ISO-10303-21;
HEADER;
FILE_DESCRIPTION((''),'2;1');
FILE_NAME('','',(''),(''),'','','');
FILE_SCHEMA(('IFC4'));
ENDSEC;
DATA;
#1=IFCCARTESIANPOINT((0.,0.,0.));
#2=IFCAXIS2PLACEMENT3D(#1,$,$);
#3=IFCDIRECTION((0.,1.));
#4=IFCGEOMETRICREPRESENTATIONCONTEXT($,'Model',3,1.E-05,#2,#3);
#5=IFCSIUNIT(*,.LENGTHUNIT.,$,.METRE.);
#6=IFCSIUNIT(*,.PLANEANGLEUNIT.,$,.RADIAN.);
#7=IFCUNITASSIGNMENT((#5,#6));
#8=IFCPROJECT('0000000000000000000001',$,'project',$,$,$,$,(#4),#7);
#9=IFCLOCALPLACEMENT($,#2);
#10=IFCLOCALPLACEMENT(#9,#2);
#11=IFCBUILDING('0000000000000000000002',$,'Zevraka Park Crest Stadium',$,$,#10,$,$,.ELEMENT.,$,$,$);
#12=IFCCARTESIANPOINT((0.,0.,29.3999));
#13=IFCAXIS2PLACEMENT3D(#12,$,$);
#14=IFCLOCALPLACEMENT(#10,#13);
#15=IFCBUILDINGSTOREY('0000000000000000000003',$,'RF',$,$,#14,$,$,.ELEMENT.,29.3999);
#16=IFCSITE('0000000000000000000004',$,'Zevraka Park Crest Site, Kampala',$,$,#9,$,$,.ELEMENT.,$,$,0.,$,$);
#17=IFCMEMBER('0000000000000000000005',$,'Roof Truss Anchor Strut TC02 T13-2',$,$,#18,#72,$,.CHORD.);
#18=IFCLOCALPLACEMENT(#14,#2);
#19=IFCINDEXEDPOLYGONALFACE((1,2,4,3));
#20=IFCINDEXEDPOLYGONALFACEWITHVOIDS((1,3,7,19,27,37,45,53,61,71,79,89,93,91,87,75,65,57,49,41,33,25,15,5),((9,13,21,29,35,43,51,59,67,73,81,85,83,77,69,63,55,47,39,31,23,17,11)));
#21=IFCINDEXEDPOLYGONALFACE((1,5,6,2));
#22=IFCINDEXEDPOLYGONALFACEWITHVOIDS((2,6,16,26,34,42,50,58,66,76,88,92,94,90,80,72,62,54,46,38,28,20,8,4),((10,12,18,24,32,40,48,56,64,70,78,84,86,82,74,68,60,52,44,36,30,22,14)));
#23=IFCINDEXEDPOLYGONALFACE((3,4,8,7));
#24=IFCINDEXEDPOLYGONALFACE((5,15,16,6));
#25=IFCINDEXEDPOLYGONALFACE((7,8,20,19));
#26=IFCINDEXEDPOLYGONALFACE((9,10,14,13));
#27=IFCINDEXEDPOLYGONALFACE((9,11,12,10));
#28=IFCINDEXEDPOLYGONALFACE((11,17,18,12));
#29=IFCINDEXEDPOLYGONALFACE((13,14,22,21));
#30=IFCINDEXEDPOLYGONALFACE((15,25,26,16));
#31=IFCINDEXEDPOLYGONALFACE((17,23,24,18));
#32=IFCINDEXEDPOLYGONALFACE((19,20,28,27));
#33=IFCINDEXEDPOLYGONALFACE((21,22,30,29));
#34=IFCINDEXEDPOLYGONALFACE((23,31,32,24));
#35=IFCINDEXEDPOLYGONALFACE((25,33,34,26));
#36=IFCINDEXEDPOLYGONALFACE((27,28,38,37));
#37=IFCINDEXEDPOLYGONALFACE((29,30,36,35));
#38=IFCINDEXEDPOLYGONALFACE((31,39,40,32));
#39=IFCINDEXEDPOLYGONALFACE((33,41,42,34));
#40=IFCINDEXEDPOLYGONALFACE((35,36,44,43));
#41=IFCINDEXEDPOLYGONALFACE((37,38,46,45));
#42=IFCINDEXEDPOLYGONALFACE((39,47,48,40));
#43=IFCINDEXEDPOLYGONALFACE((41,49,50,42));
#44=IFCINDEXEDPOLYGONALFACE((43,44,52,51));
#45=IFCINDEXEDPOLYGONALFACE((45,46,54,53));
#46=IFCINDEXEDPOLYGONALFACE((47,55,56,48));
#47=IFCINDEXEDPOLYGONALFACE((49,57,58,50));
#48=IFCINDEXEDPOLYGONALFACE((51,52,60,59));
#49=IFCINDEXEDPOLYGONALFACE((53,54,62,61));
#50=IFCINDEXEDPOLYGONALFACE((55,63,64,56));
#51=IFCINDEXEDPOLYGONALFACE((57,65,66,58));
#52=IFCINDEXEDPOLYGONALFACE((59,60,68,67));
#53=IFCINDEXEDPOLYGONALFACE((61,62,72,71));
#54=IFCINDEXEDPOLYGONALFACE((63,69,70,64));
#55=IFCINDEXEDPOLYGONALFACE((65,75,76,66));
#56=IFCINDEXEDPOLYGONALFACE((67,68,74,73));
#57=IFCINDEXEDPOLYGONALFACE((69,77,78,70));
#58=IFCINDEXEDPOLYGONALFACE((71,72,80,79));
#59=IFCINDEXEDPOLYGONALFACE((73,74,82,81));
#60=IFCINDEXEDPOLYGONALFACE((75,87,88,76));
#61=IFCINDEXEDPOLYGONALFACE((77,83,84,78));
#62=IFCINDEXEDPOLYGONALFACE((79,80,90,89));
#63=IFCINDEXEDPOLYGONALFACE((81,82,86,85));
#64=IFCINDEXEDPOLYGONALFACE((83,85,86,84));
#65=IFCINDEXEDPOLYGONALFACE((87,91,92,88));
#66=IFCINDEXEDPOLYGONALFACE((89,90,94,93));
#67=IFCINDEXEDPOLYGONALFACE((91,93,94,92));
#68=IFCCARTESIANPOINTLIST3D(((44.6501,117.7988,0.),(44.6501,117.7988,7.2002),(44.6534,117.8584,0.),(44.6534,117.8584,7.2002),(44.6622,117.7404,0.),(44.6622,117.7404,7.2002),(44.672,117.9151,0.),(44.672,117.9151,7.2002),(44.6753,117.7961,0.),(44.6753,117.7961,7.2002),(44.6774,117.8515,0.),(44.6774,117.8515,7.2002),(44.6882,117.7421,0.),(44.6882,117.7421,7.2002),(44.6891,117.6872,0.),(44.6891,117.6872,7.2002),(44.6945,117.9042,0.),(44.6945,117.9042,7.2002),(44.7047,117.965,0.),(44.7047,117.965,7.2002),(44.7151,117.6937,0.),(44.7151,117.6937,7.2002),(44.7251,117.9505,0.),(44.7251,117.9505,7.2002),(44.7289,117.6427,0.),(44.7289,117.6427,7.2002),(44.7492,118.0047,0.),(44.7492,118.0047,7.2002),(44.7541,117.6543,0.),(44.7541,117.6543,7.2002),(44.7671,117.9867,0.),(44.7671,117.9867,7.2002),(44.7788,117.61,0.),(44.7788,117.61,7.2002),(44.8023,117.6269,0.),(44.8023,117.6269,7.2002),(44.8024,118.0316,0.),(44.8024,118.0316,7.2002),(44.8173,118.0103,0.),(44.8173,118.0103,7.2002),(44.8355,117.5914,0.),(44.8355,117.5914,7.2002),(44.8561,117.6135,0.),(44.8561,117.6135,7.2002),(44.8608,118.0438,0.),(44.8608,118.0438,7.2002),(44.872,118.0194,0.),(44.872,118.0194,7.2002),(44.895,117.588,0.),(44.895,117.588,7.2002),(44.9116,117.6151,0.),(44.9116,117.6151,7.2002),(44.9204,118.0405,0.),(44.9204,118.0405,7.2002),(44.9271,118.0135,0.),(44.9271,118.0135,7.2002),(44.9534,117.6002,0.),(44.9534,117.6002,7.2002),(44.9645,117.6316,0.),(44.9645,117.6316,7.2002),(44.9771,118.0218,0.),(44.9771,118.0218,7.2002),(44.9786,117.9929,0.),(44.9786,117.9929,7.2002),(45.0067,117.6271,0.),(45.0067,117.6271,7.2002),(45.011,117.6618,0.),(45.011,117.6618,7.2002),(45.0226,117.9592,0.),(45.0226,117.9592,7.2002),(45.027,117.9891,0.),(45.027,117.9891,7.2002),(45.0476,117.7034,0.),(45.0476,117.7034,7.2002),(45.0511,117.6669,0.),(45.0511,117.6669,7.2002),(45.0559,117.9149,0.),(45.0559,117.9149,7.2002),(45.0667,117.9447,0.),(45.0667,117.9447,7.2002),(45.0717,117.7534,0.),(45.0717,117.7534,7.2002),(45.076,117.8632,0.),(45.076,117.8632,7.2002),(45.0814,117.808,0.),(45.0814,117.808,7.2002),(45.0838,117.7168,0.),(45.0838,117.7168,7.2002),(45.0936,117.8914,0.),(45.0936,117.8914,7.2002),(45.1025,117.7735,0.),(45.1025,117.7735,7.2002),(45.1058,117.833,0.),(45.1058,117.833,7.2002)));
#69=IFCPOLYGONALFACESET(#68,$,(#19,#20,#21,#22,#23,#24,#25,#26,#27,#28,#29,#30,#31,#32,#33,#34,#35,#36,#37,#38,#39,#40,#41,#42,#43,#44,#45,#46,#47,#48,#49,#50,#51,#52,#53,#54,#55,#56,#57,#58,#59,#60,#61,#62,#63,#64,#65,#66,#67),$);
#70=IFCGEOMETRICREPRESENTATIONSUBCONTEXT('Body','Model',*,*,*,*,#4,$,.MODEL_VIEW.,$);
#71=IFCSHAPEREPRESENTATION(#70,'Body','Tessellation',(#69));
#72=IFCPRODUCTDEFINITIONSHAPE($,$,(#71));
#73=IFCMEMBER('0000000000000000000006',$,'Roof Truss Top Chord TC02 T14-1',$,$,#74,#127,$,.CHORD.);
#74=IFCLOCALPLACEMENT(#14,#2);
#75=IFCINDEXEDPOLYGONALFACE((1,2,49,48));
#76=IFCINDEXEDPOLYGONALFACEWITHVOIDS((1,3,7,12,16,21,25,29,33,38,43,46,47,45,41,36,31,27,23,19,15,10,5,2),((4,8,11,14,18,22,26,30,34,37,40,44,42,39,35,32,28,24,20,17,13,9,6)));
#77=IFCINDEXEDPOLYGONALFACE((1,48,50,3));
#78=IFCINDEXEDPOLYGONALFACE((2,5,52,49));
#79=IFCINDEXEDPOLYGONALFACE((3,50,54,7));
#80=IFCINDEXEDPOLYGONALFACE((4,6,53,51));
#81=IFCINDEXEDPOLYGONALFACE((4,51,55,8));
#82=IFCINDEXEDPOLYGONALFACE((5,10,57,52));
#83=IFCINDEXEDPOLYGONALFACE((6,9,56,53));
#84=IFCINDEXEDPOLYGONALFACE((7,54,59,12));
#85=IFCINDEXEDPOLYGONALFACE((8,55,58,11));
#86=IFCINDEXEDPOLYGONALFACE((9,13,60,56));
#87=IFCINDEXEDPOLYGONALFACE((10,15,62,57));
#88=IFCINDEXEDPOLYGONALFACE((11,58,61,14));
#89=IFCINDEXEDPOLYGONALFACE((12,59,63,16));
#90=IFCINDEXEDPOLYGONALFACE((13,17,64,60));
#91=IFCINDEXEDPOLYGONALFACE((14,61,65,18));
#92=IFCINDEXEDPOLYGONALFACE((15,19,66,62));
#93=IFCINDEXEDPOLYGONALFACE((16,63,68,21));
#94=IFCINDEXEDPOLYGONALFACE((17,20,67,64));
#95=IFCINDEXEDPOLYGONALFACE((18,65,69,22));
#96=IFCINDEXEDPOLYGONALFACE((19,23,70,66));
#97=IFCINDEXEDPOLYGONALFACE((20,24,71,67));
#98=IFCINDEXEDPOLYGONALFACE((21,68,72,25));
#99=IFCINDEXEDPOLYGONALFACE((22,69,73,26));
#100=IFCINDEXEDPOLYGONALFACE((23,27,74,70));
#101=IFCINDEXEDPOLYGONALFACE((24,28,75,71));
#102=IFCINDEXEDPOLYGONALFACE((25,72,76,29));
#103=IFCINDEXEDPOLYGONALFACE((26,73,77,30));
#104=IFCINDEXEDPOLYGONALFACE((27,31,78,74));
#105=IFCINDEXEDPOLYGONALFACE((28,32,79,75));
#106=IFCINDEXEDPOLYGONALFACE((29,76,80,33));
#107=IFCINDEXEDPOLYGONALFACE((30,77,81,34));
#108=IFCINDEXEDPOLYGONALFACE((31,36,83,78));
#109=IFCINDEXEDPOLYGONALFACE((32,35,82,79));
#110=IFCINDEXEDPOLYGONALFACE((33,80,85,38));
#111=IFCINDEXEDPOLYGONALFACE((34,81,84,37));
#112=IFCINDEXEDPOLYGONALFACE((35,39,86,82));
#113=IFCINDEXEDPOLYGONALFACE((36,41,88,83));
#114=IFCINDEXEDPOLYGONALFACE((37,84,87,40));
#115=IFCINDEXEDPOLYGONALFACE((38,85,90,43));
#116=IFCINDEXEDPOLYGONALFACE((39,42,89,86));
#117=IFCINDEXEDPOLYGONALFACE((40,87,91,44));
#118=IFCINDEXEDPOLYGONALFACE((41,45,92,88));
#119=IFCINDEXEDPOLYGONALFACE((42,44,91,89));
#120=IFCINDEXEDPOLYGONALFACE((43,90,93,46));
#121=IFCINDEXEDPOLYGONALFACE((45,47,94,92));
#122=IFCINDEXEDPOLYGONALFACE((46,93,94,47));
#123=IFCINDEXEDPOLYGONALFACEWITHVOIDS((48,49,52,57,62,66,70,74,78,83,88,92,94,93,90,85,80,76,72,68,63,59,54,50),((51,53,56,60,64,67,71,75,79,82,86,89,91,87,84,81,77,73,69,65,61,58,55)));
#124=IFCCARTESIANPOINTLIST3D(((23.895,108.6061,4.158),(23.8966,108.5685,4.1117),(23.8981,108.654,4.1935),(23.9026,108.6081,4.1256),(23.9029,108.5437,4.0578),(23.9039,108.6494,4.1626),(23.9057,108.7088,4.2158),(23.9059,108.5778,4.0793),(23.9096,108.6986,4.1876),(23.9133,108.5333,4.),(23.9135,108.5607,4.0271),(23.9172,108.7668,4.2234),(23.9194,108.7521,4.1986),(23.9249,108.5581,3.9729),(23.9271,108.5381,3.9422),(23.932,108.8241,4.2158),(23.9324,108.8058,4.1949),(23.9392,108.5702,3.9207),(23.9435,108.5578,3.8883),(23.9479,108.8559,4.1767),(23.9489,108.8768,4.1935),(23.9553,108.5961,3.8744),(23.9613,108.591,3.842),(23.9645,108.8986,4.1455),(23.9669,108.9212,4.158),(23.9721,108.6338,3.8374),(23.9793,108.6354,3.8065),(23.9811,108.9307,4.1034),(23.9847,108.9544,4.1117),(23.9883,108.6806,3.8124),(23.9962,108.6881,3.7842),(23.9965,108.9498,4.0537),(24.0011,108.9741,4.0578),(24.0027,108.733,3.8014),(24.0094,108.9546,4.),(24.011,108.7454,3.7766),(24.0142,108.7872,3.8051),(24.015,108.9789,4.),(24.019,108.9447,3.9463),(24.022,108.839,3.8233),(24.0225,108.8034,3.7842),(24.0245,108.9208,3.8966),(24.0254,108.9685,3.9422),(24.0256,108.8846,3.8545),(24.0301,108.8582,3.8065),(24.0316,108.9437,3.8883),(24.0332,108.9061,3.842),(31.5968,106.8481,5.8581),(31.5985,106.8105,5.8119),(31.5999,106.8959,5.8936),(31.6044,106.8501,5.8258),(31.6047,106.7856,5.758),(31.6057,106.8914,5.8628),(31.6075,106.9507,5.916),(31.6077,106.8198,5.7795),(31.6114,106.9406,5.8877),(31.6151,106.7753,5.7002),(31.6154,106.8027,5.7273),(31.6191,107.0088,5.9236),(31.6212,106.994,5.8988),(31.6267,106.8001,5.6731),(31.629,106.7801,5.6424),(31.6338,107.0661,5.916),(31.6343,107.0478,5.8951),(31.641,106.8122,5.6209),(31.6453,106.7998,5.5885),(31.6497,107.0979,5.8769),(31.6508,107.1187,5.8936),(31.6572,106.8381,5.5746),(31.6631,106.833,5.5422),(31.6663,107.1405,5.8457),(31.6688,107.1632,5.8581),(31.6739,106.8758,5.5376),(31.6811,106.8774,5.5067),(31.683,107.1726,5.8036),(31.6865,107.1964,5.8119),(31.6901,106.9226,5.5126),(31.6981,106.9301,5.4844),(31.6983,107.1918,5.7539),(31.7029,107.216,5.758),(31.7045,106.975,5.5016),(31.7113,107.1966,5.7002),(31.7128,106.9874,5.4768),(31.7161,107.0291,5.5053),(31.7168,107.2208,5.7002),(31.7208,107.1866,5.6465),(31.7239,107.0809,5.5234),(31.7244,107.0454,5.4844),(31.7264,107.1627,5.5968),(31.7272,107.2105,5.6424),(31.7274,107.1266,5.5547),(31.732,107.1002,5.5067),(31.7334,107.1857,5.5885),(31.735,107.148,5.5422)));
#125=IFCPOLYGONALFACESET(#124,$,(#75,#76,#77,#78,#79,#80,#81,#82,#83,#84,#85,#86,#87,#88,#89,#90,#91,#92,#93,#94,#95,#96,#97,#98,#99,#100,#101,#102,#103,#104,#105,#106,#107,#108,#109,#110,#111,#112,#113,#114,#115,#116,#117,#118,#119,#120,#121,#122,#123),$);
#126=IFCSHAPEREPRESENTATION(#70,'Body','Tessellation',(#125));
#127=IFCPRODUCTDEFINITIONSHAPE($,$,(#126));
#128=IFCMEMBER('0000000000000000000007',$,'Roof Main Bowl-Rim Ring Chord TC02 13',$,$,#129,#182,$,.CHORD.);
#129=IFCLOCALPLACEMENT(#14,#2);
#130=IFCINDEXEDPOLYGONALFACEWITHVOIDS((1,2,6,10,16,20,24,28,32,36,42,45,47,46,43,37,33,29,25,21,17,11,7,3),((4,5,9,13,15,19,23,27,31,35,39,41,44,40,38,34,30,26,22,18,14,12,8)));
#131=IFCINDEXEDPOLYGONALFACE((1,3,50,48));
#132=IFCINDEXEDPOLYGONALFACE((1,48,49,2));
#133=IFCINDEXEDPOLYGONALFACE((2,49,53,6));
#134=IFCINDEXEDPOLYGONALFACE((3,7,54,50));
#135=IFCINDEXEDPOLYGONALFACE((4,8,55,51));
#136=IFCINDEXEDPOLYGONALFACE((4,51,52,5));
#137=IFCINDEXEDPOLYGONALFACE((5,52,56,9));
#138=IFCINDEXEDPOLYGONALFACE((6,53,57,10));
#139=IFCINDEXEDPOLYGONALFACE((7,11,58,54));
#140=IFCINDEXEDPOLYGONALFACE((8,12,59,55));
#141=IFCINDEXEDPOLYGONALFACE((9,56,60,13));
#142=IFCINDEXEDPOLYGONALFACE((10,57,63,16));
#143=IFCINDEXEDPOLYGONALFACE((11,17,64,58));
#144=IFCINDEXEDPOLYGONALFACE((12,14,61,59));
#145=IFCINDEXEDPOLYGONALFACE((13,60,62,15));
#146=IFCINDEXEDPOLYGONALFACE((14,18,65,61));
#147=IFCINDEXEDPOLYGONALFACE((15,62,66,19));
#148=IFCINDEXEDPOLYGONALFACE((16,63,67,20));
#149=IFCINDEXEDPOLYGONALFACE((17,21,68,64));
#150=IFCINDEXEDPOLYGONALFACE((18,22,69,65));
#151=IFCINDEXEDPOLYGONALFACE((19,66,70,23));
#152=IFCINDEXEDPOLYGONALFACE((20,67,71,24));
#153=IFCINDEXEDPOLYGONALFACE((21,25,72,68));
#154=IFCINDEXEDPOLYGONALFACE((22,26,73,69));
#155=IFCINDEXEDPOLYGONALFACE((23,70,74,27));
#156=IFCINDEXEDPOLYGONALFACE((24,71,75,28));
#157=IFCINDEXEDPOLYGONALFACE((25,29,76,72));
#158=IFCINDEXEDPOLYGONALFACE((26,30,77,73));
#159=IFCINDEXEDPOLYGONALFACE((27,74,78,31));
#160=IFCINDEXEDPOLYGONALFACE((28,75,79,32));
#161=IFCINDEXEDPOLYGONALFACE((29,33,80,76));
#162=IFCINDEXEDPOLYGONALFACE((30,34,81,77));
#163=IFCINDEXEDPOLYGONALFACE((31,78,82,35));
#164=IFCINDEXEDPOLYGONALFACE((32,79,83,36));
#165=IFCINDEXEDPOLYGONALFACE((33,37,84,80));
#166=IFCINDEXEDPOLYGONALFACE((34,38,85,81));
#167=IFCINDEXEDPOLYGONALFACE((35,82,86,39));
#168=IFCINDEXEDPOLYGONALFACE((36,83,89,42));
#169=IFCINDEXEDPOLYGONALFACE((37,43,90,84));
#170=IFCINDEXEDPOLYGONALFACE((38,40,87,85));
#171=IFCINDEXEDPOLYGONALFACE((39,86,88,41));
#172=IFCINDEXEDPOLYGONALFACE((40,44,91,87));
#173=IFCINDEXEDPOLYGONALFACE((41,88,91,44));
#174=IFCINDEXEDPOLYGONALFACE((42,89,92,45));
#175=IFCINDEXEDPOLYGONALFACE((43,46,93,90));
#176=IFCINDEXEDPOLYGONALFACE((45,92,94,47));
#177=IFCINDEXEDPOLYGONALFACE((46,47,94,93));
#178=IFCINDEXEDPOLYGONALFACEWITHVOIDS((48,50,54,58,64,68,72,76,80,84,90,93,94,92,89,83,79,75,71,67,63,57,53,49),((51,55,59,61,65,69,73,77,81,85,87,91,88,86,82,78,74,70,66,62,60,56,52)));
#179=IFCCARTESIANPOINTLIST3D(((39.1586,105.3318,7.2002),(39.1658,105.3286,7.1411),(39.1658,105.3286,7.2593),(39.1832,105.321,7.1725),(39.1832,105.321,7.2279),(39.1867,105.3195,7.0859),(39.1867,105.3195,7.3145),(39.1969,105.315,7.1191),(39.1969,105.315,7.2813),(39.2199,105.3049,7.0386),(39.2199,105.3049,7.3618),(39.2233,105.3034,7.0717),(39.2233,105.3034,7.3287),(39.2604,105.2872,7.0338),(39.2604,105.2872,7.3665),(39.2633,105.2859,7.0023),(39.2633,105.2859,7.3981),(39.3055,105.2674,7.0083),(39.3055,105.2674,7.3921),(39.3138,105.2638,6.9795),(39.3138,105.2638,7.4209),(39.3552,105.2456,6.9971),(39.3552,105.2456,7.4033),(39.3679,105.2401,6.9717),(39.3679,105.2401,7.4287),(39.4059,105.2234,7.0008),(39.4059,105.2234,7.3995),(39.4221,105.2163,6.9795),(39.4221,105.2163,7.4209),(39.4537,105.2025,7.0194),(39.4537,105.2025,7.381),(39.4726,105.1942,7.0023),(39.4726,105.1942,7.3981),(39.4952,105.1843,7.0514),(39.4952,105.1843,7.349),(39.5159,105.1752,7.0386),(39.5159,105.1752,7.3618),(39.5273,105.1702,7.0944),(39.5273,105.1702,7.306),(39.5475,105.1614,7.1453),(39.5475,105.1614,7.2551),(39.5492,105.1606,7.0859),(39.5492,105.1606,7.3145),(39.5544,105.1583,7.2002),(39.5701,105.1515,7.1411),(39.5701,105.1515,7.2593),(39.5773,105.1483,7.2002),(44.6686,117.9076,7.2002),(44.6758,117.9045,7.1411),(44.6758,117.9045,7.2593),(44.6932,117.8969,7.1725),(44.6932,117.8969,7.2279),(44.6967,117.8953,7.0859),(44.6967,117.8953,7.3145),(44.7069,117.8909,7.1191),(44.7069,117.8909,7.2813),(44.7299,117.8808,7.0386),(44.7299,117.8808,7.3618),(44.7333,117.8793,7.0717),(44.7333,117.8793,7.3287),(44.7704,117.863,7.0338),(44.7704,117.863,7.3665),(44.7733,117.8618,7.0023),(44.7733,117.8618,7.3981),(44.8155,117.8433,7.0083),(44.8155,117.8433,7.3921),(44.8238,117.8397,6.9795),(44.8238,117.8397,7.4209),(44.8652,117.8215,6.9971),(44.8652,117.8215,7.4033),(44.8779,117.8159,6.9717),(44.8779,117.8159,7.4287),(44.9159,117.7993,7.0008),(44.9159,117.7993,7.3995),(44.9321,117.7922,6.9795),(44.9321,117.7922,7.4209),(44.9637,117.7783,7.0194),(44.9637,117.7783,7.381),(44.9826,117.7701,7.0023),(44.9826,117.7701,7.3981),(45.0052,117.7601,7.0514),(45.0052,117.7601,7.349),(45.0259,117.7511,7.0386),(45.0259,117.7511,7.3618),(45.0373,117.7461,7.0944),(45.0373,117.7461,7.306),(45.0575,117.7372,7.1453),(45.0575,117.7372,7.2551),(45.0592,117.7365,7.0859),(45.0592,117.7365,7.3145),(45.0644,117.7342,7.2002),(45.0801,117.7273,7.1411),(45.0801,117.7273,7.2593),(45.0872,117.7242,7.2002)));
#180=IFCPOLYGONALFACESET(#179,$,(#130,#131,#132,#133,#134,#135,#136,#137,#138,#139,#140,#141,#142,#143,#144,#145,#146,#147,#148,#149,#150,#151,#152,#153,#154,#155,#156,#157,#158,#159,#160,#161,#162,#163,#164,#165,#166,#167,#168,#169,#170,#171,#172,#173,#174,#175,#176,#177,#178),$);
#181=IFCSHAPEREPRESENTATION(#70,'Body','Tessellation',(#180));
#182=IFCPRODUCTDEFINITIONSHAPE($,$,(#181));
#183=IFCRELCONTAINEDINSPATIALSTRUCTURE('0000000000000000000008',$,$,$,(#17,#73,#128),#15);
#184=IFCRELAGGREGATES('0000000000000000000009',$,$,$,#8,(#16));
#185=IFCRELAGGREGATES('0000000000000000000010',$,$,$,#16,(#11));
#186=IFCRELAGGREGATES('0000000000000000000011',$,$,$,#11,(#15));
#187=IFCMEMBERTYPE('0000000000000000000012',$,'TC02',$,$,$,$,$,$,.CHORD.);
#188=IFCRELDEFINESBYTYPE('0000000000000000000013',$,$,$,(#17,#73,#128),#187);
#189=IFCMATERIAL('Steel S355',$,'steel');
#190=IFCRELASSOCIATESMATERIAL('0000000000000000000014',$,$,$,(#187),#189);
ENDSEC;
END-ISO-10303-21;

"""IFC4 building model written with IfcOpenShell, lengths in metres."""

from ifc_helpers import new_model, si_unit, direction, frame, origin, origin_2d, place, context, subcontext, project, spatial, hollow_circle, extrude, material, material_profile, profile_set, type_object, element, save


model = new_model("IFC4")

# Units and contexts
model_context = context("Model", 3, precision=1e-05, world=origin(), true_north=direction((0.0, 1.0)))
body_context = subcontext(model_context, "Body", "Model", "MODEL_VIEW")
ifc_project = project(units=[si_unit("LENGTHUNIT", "METRE"), si_unit("PLANEANGLEUNIT", "RADIAN")], contexts=[model_context])

# Site, building, storey
site_placement = place(None, origin())
site = spatial("IfcSite", under=ifc_project, at=site_placement, Name="Zevraka Park Crest Site, Kampala", CompositionType="ELEMENT", RefElevation=0.0)
building_placement = place(site_placement, origin())
building = spatial("IfcBuilding", under=site, at=building_placement, Name="Zevraka Park Crest Stadium", CompositionType="ELEMENT")
storey_placement = place(building_placement, frame((0.0, 0.0, 29.3999)))
storey = spatial("IfcBuildingStorey", under=building, at=storey_placement, Name="RF", CompositionType="ELEMENT", Elevation=29.3999)

# Members
ifc_material_1 = material(Name="Steel S355", Category="steel")
ifc_material_profile_1 = material_profile(ifc_material_1, hollow_circle(Radius=0.2285, WallThickness=0.0249, at=origin_2d()), Name="CHS 457.0x25")
ifc_profile_set_1 = profile_set([ifc_material_profile_1], Name="Steel S355")
member_type_1 = type_object("IfcMemberType", Name="TC02", PredefinedType="CHORD", material=ifc_profile_set_1)
member_1_placement = place(storey_placement, frame((44.8779, 117.8159, 0.0), z_axis=(0.0, 0.0, 1.0), x_axis=(-0.901001, 0.433816, 0.0)))
element("IfcMember", 1, at=member_1_placement, inside=storey, type_object=member_type_1, Name="Roof Truss Anchor Strut TC02 T13-2", PredefinedType="CHORD", context=body_context, shape_type="SweptSolid", body=[
    extrude(hollow_circle(Radius=0.2285, WallThickness=0.0249, at=origin_2d()), origin(), (0.0, 0.0, 1.0), 7.2002),
])
member_2_placement = place(storey_placement, frame((23.9641, 108.7561, 4.0), z_axis=(0.953101, -0.217557, 0.210397), x_axis=(0.222539, 0.974924, 0.0)))
element("IfcMember", 2, at=member_2_placement, inside=storey, type_object=member_type_1, Name="Roof Truss Top Chord TC02 T14-1", PredefinedType="CHORD", context=body_context, shape_type="SweptSolid", body=[
    extrude(hollow_circle(Radius=0.2285, WallThickness=0.0249, at=origin_2d()), origin(), (0.0, 0.0, 1.0), 8.0808),
])
member_3_placement = place(storey_placement, frame((44.8779, 117.8159, 7.2002), z_axis=(-0.40131, -0.915942, 0.0), x_axis=(0.915942, -0.40131, 0.0)))
element("IfcMember", 3, at=member_3_placement, inside=storey, type_object=member_type_1, Name="Roof Main Bowl-Rim Ring Chord TC02 13", PredefinedType="CHORD", context=body_context, shape_type="SweptSolid", body=[
    extrude(hollow_circle(Radius=0.2285, WallThickness=0.0249, at=origin_2d()), origin(), (0.0, 0.0, 1.0), 13.73),
])

save(model, "model.ifc")
